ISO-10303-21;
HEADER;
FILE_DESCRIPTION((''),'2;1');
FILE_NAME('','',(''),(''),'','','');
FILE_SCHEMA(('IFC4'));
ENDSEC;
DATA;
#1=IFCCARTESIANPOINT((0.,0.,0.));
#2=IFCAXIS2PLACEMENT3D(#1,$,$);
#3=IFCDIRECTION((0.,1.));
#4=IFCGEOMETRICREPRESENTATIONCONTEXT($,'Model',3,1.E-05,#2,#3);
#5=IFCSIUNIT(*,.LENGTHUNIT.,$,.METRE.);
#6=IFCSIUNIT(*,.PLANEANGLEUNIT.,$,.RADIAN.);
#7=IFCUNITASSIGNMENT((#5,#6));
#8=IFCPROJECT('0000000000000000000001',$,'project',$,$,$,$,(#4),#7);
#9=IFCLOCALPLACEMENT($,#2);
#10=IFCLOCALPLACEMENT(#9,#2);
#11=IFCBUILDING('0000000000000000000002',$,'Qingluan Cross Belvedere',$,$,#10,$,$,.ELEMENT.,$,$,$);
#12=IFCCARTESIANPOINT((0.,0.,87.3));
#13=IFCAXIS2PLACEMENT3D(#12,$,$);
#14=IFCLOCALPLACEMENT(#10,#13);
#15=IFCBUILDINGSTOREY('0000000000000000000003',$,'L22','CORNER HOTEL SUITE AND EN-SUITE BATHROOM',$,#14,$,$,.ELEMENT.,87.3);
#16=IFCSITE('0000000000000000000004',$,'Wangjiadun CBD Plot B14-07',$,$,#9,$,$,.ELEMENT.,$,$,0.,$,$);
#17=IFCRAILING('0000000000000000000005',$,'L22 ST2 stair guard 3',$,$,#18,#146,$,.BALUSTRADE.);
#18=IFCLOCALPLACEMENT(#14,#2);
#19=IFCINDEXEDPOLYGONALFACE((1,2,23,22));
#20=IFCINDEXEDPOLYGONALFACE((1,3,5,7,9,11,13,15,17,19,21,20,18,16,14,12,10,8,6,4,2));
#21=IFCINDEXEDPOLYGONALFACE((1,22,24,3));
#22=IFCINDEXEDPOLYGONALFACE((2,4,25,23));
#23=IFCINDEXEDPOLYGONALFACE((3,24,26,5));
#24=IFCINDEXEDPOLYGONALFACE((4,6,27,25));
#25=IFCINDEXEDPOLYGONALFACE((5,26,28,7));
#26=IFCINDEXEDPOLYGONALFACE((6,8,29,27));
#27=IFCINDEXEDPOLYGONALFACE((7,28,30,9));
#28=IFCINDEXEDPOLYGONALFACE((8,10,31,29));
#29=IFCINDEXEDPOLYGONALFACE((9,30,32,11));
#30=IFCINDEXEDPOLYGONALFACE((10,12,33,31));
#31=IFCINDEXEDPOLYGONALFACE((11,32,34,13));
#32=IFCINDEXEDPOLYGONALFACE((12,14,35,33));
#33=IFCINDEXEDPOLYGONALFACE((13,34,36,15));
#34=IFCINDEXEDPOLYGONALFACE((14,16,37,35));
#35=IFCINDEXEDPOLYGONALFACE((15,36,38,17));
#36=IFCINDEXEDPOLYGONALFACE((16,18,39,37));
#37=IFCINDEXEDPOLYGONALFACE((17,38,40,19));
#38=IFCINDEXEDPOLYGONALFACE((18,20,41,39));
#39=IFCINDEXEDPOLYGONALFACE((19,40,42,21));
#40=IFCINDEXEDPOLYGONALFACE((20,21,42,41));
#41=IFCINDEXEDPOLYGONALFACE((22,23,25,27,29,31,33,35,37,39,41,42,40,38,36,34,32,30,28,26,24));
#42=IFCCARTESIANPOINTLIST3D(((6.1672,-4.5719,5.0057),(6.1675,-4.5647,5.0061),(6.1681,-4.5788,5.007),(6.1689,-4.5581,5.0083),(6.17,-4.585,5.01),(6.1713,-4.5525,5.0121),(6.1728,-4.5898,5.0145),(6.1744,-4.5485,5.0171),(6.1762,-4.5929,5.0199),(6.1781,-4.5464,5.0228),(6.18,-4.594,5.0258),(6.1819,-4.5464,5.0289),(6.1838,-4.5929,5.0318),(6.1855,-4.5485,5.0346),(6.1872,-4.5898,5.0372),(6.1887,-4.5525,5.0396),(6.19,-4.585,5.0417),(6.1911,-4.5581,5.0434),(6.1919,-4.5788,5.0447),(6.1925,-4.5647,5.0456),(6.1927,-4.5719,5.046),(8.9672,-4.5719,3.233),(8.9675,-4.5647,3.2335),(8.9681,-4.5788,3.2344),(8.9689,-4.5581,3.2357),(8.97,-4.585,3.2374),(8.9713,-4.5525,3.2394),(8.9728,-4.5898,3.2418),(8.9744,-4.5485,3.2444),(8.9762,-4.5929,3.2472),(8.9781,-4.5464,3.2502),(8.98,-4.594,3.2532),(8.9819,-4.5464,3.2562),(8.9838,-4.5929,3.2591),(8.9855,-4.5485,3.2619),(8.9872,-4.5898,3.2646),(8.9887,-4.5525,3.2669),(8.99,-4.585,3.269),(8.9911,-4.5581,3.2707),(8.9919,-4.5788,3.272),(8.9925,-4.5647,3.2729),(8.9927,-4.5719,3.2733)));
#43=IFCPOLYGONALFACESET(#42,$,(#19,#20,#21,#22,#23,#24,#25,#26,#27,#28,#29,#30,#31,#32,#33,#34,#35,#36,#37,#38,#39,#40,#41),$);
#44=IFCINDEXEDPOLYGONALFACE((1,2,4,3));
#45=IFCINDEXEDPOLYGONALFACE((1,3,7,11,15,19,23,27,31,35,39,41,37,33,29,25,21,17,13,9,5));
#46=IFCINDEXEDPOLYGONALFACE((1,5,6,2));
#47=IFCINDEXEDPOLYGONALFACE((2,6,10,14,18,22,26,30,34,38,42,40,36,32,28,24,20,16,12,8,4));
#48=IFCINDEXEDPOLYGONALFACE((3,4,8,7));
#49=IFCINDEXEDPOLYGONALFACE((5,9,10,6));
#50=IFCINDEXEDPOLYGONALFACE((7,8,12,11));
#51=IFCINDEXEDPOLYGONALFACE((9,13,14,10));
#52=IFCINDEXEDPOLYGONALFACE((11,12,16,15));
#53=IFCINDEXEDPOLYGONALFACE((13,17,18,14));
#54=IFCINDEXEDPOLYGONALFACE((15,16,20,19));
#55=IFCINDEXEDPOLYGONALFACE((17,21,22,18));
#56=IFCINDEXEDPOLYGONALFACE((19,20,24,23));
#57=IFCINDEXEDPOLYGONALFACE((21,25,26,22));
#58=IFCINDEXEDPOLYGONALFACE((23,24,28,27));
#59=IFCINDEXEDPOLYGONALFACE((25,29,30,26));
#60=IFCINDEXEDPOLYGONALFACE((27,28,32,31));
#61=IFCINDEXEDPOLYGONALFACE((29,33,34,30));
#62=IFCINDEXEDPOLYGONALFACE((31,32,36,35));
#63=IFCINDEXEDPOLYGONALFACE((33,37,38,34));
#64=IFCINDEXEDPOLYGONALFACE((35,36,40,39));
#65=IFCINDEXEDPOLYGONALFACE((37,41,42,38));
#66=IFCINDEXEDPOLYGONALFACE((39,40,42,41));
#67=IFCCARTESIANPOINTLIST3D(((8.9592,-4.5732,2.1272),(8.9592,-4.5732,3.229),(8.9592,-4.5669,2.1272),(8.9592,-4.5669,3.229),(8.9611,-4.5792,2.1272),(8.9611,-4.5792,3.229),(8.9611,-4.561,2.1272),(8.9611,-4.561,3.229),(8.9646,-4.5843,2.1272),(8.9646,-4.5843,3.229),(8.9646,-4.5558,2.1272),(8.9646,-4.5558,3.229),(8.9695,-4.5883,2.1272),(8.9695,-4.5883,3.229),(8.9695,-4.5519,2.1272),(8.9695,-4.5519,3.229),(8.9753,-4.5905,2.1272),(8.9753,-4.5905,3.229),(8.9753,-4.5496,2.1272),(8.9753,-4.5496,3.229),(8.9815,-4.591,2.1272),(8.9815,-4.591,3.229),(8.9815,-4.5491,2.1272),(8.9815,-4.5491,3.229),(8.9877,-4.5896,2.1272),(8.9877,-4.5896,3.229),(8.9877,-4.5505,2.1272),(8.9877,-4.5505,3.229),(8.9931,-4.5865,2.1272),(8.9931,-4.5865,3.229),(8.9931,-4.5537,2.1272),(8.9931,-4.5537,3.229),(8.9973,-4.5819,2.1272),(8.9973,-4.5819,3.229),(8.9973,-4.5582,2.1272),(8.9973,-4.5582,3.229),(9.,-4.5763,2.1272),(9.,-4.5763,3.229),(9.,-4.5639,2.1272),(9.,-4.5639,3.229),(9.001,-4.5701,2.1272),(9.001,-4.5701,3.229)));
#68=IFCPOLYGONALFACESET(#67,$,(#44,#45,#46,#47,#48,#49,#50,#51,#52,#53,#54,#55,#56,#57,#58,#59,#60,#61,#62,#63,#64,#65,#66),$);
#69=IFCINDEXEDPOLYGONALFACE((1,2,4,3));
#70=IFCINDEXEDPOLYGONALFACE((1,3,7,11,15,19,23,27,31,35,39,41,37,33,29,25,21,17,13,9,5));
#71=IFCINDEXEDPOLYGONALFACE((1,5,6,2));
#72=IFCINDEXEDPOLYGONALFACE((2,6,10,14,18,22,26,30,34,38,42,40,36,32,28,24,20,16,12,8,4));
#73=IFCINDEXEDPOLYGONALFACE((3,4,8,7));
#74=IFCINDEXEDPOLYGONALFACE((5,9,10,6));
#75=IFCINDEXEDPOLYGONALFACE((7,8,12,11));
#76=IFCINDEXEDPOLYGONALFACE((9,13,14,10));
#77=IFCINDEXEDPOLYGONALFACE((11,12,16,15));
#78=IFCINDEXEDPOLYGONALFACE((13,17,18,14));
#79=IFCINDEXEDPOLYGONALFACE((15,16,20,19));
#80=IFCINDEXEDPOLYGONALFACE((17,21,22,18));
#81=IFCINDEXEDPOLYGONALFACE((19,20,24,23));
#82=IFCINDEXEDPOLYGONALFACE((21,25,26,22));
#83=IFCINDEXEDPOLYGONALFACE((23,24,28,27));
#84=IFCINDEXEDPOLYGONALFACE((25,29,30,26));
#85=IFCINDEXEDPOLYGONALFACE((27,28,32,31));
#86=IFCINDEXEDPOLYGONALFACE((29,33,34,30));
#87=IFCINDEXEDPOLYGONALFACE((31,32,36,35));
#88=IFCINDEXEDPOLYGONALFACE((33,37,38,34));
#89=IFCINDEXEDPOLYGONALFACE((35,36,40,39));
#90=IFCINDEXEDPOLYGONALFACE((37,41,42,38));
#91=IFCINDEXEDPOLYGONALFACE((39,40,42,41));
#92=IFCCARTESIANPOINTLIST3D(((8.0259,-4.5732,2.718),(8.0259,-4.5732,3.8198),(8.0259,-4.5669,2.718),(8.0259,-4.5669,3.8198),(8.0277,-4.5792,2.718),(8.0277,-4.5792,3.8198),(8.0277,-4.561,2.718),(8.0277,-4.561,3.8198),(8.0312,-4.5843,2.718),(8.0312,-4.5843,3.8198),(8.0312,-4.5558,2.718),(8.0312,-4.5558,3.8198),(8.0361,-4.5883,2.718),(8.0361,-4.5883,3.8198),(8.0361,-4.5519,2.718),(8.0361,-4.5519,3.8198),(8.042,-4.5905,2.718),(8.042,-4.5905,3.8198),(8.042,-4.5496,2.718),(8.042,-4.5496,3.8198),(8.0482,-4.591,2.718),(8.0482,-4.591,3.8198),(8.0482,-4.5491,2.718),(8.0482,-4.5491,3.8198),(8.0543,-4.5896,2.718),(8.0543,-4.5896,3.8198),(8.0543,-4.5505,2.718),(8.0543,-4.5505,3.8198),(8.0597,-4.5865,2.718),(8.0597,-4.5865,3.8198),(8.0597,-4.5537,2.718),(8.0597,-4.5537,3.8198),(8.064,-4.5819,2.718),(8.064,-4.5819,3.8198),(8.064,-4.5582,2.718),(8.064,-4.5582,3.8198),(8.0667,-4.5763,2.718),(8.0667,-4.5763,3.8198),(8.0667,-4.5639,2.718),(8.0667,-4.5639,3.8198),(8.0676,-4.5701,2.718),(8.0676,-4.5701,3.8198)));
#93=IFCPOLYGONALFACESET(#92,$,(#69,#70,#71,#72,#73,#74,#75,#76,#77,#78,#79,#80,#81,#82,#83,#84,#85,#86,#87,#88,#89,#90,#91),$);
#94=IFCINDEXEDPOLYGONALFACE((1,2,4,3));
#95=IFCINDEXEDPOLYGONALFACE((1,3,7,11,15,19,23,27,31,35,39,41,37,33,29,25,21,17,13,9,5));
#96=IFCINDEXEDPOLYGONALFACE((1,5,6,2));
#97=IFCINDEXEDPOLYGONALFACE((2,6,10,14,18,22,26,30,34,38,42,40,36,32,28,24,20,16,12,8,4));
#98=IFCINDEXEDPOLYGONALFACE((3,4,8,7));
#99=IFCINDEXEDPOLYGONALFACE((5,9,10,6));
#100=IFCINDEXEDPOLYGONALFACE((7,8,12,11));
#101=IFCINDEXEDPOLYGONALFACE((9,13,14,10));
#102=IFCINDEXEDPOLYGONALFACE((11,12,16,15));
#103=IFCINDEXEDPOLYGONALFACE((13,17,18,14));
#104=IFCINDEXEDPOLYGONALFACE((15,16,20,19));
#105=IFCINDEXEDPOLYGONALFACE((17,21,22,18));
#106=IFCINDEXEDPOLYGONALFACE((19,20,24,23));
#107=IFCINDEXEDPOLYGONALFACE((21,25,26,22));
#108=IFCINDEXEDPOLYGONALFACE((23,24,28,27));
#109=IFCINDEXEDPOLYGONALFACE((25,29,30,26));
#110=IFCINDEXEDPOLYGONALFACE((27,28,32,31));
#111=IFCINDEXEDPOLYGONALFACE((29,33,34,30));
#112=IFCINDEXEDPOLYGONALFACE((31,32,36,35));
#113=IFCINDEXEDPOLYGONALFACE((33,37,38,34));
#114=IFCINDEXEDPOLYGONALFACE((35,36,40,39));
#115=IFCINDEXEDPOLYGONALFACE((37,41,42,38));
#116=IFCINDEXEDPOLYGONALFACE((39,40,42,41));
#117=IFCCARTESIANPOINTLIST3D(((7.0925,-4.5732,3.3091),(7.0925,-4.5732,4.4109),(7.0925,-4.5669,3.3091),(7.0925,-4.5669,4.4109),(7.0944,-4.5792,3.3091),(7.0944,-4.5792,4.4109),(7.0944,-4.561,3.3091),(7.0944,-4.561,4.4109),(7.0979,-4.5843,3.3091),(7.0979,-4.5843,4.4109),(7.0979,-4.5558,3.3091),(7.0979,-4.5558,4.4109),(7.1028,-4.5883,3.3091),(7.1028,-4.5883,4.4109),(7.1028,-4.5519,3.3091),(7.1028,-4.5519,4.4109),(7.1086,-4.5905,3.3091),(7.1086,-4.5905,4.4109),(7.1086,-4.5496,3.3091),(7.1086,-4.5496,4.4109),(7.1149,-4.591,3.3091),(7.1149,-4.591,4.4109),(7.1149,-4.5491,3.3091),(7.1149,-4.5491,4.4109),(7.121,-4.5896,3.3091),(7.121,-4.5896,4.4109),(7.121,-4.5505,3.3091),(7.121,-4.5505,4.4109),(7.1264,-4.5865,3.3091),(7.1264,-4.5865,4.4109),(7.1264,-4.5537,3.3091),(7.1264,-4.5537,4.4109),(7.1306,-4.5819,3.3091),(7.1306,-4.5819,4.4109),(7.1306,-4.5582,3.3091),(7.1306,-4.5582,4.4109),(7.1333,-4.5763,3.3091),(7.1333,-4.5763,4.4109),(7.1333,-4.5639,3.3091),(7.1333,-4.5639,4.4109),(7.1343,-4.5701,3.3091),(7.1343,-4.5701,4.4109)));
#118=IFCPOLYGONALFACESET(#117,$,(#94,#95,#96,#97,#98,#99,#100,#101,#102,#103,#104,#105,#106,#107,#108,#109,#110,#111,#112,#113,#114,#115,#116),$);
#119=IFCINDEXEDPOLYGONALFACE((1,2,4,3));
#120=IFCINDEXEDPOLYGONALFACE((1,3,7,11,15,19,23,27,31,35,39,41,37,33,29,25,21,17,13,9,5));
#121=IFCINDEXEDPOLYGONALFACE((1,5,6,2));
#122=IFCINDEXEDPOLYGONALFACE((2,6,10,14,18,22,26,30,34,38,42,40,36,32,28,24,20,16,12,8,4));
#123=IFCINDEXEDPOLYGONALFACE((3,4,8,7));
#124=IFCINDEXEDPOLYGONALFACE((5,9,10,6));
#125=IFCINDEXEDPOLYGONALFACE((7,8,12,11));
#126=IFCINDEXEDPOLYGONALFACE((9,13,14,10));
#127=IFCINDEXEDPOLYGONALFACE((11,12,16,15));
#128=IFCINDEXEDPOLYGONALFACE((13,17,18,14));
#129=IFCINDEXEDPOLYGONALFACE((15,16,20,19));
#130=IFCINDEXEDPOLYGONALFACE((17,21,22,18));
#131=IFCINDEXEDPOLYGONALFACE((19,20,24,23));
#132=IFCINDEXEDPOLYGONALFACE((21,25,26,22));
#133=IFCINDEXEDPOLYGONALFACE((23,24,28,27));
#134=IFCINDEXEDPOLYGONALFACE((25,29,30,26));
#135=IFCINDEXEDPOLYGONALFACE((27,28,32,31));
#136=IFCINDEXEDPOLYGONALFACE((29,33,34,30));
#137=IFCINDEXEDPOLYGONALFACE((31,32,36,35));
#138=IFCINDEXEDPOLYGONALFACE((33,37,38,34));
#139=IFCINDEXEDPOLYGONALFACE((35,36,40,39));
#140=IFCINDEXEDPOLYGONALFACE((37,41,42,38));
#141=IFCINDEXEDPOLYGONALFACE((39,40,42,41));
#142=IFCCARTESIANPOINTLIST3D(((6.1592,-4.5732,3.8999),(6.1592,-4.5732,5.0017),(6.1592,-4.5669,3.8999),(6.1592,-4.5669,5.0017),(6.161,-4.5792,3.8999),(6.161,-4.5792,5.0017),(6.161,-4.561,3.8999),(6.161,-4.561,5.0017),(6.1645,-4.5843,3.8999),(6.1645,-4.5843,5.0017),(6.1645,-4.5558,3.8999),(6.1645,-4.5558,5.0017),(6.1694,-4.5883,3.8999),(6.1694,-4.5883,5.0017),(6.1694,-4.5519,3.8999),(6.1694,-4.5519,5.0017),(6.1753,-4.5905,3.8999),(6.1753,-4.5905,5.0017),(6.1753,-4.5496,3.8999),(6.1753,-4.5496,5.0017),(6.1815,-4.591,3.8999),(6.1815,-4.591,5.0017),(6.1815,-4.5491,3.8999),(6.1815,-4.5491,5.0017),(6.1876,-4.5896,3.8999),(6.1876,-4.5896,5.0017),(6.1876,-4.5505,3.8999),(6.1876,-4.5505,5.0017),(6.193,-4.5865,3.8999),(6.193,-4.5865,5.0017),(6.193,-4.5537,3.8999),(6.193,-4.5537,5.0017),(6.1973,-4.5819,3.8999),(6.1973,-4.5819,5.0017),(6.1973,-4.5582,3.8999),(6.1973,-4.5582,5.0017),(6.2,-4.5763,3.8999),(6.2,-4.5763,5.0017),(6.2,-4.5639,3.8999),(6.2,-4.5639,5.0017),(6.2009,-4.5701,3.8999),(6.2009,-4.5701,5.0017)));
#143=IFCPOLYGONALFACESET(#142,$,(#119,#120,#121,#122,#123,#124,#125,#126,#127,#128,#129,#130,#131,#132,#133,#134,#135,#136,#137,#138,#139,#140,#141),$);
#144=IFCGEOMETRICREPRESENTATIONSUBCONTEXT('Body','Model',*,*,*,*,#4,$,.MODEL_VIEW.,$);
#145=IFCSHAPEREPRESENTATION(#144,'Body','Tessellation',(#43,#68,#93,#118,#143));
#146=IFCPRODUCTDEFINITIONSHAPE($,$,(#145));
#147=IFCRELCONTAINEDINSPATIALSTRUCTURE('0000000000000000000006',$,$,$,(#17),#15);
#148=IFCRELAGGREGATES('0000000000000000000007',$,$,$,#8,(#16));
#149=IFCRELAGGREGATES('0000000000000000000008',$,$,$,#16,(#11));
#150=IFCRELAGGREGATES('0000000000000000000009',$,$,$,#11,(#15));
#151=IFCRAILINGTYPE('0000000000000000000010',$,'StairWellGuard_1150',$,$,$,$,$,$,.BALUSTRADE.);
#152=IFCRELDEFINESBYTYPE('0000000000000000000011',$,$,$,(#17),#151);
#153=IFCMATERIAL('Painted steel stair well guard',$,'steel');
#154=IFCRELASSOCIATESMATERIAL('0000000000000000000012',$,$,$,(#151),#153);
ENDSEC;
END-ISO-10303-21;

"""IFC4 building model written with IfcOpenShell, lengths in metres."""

from ifc_helpers import new_model, si_unit, direction, frame, origin, origin_2d, place, context, subcontext, project, spatial, circle, extrude, material, type_object, element, save


model = new_model("IFC4")

# Units and contexts
model_context = context("Model", 3, precision=1e-05, world=origin(), true_north=direction((0.0, 1.0)))
body_context = subcontext(model_context, "Body", "Model", "MODEL_VIEW")
ifc_project = project(units=[si_unit("LENGTHUNIT", "METRE"), si_unit("PLANEANGLEUNIT", "RADIAN")], contexts=[model_context])

# Site, building, storey
site_placement = place(None, origin())
site = spatial("IfcSite", under=ifc_project, at=site_placement, Name="Wangjiadun CBD Plot B14-07", CompositionType="ELEMENT", RefElevation=0.0)
building_placement = place(site_placement, origin())
building = spatial("IfcBuilding", under=site, at=building_placement, Name="Qingluan Cross Belvedere", CompositionType="ELEMENT")
storey_placement = place(building_placement, frame((0.0, 0.0, 87.3)))
storey = spatial("IfcBuildingStorey", under=building, at=storey_placement, Name="L22", Description="CORNER HOTEL SUITE AND EN-SUITE BATHROOM", CompositionType="ELEMENT", Elevation=87.3)

# Railing
ifc_material_1 = material(Name="Painted steel stair well guard", Category="steel")
railing_type_1 = type_object("IfcRailingType", Name="StairWellGuard_1150", PredefinedType="BALUSTRADE", material=ifc_material_1)
railing_1_placement = place(storey_placement, frame((8.98, -4.5701, 2.1272)))
element("IfcRailing", 1, at=railing_1_placement, inside=storey, type_object=railing_type_1, Name="L22 ST2 stair guard 3", PredefinedType="BALUSTRADE", context=body_context, shape_type="SweptSolid", body=[
    extrude(circle(Radius=0.0239, at=origin_2d()), frame((0.0, 0.0, 1.126), z_axis=(-0.844909, 0.0, 0.53491), x_axis=(0.0, -1.0, 0.0)), (0.0, 0.0, 1.0), 3.314),
    extrude(circle(Radius=0.021, at=origin_2d()), origin(), (0.0, 0.0, 1.0), 1.1018),
    extrude(circle(Radius=0.021, at=origin_2d()), frame((-0.9333, 0.0, 0.5908)), (0.0, 0.0, 1.0), 1.1018),
    extrude(circle(Radius=0.021, at=origin_2d()), frame((-1.8667, 0.0, 1.1819)), (0.0, 0.0, 1.0), 1.1018),
    extrude(circle(Radius=0.021, at=origin_2d()), frame((-2.8, 0.0, 1.7727)), (0.0, 0.0, 1.0), 1.1018),
])

save(model, "model.ifc")
